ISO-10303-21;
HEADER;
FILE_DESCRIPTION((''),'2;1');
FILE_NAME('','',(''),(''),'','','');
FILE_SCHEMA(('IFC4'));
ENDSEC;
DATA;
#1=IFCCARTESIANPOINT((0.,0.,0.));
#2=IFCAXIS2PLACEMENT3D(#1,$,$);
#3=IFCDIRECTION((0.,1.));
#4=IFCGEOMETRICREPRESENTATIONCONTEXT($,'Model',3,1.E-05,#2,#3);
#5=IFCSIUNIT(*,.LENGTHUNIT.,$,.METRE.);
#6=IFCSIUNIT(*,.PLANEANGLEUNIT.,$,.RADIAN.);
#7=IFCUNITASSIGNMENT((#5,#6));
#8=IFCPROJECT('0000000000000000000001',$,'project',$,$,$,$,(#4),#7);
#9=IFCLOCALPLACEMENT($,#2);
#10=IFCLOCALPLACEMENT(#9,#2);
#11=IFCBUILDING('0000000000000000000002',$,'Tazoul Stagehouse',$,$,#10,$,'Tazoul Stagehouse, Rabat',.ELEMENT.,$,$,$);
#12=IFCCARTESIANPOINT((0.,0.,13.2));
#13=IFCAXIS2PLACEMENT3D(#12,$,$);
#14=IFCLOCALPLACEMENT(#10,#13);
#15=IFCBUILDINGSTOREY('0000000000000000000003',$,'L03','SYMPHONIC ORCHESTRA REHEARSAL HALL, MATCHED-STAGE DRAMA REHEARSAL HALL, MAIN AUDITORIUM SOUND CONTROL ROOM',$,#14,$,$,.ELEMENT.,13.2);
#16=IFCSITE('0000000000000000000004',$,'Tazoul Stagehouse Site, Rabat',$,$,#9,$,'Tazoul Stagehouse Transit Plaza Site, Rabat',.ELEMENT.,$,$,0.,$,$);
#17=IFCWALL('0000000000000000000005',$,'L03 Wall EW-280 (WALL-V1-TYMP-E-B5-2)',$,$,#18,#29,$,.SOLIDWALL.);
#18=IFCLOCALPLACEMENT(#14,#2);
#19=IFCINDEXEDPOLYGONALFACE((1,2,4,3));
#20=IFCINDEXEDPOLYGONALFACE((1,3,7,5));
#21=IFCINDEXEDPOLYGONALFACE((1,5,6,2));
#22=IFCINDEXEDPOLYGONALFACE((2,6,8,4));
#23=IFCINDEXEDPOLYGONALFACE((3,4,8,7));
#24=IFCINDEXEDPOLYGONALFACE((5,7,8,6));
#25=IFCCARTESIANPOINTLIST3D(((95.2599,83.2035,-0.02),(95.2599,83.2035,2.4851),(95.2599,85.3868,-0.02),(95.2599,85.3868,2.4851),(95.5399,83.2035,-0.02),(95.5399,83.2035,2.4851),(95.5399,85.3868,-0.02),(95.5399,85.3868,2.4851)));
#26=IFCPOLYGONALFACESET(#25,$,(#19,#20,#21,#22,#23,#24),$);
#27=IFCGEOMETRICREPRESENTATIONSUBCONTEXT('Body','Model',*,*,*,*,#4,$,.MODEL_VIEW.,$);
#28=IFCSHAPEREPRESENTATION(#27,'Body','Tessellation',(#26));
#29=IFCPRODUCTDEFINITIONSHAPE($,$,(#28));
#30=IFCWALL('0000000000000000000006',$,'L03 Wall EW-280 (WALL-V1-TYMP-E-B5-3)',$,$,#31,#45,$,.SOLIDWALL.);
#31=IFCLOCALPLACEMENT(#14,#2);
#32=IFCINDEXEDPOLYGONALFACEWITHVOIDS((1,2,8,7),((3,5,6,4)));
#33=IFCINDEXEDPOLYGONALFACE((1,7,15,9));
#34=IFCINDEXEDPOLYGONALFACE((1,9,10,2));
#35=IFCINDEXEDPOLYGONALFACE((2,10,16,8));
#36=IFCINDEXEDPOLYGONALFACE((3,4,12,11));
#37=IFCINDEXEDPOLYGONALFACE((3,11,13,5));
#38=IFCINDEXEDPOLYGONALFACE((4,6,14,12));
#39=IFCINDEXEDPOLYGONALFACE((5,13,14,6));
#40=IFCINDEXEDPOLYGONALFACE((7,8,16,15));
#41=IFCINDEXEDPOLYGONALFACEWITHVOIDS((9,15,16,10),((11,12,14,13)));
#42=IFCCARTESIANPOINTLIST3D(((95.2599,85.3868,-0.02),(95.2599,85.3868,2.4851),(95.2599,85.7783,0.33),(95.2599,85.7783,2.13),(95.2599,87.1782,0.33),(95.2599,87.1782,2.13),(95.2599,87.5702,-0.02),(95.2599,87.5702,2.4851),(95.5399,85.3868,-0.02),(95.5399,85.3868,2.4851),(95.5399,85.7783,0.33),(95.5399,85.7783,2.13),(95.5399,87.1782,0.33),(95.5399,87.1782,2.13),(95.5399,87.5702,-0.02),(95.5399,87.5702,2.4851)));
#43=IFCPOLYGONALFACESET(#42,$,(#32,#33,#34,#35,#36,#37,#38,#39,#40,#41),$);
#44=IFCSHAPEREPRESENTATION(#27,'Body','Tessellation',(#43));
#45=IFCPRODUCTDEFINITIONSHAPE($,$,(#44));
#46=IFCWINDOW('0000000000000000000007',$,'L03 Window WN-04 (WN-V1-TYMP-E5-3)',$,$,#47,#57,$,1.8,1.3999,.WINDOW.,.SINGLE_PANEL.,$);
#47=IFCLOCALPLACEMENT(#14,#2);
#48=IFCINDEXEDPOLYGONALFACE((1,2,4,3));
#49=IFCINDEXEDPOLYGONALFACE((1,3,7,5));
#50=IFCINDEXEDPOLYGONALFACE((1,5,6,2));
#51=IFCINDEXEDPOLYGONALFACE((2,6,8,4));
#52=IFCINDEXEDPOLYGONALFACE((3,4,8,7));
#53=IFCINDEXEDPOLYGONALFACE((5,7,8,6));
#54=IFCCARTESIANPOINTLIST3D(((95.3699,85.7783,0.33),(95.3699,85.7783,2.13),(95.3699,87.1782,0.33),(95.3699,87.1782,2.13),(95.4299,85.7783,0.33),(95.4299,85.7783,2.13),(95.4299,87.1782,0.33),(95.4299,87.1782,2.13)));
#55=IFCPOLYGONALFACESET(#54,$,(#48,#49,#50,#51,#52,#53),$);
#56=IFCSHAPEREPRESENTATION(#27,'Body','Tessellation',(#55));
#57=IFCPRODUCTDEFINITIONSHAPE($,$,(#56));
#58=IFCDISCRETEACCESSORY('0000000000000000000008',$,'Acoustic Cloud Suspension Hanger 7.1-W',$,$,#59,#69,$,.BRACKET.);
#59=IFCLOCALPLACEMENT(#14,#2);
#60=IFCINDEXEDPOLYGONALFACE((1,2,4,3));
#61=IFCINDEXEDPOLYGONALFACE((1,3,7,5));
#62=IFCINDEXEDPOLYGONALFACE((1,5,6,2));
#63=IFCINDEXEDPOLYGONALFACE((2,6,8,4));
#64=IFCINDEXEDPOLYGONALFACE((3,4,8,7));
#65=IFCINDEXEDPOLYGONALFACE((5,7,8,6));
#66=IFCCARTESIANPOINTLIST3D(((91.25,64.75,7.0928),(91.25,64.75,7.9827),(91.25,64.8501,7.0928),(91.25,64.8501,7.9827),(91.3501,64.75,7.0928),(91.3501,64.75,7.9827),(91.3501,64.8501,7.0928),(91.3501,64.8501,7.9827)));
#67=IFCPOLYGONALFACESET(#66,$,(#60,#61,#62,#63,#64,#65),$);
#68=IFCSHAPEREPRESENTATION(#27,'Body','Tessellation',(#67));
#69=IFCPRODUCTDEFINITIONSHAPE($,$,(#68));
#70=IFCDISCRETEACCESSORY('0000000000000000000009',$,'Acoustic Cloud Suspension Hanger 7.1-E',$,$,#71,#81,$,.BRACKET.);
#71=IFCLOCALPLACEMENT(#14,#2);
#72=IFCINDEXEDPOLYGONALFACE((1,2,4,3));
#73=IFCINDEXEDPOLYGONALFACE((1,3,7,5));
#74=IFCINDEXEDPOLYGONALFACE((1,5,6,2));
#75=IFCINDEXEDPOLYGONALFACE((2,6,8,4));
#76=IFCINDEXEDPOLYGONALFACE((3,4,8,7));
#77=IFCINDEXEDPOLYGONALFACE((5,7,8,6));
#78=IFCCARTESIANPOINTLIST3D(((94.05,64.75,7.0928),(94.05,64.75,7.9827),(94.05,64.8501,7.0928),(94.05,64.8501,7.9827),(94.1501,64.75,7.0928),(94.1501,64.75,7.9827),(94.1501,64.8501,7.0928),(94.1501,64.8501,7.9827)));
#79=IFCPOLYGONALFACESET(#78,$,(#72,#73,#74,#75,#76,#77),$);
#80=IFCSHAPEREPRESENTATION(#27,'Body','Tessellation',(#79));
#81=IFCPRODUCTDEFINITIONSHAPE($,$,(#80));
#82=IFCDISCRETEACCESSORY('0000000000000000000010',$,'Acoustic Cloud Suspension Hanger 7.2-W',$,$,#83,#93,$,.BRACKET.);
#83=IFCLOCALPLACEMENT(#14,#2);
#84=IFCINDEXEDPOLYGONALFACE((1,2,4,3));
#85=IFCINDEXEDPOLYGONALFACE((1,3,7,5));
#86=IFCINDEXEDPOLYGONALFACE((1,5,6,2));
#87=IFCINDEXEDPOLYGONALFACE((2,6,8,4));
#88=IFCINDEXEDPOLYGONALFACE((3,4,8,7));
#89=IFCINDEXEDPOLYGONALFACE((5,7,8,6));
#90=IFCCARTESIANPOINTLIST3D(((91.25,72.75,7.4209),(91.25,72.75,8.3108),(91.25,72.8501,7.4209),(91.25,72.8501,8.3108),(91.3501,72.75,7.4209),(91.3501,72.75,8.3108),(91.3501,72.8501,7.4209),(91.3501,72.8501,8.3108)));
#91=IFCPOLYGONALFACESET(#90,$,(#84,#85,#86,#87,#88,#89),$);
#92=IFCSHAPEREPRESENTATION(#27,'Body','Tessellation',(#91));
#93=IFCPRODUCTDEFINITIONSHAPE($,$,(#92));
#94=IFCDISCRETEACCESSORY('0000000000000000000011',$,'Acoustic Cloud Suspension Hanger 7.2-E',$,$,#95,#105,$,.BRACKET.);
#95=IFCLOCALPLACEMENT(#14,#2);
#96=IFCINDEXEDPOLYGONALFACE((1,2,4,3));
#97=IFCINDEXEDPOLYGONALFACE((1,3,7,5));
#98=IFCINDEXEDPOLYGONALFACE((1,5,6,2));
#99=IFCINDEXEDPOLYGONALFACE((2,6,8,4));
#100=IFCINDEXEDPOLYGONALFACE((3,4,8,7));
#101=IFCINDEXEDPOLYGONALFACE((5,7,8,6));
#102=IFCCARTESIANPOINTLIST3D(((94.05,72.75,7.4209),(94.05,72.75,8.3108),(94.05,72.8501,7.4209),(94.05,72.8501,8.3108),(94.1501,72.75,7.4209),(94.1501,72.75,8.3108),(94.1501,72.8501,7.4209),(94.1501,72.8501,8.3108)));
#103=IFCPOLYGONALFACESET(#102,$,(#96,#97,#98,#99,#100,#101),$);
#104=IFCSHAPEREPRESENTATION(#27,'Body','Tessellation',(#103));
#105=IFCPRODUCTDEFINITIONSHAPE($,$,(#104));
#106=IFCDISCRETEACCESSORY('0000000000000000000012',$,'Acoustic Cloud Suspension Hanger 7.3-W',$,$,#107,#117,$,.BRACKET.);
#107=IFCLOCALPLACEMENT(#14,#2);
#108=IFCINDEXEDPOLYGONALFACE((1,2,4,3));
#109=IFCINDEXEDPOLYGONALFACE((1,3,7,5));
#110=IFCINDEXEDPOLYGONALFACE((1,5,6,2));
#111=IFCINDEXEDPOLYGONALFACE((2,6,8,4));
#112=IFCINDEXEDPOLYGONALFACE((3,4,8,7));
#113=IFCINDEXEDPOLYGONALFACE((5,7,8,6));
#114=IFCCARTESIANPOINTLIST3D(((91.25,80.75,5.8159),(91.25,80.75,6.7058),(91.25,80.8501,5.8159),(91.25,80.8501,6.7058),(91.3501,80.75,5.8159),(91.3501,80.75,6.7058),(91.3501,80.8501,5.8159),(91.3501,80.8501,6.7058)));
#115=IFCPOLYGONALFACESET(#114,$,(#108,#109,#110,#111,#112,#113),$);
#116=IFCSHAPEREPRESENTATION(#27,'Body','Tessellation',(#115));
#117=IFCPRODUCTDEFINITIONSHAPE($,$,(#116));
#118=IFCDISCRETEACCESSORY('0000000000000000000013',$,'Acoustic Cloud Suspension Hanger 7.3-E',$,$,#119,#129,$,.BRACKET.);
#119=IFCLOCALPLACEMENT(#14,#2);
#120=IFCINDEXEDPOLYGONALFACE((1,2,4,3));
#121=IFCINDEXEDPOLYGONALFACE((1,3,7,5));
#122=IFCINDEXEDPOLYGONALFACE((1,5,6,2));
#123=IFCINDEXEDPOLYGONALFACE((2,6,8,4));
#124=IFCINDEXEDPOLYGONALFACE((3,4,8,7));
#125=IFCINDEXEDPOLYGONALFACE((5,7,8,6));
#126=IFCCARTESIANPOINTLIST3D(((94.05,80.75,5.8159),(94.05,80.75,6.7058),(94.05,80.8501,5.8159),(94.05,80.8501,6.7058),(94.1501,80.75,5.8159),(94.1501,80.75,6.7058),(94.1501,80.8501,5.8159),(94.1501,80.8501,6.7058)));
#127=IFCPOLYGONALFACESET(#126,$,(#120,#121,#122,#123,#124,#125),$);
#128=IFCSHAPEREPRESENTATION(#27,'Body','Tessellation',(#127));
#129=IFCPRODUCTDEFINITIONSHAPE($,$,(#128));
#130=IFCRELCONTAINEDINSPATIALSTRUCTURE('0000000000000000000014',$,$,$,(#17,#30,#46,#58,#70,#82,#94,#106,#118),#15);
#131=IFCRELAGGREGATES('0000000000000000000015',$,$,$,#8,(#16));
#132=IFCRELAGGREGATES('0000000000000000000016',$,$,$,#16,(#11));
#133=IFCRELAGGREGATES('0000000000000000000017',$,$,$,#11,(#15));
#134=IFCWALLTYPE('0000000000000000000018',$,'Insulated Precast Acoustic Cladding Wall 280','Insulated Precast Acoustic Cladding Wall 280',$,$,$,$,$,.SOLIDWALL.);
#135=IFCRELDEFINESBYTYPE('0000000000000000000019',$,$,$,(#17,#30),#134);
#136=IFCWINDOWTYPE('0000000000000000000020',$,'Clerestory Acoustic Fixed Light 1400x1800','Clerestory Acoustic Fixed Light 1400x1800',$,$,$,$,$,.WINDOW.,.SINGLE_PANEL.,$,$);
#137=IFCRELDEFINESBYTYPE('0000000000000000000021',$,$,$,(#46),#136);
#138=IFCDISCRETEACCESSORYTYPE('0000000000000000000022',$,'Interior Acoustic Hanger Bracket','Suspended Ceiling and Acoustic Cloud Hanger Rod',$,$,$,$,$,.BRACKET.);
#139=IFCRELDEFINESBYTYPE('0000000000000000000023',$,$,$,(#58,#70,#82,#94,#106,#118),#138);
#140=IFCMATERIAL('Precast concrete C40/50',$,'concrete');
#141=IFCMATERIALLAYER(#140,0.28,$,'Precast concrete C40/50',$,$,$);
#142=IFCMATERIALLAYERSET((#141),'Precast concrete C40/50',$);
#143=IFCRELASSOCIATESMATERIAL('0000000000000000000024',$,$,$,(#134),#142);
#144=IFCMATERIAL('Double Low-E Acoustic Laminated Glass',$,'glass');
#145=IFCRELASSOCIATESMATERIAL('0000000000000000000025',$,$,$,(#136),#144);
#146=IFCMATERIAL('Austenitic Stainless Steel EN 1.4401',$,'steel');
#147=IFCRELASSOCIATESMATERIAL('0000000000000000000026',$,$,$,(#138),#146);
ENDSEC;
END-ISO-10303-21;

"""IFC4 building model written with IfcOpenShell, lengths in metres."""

from ifc_helpers import new_model, si_unit, direction, frame, frame_2d, origin, origin_2d, place, context, subcontext, project, spatial, rectangle, extrude, material, layer, layer_set, type_object, element, fill, save


model = new_model("IFC4")

# Units and contexts
model_context = context("Model", 3, precision=1e-05, world=origin(), true_north=direction((0.0, 1.0)))
body_context = subcontext(model_context, "Body", "Model", "MODEL_VIEW")
ifc_project = project(units=[si_unit("LENGTHUNIT", "METRE"), si_unit("PLANEANGLEUNIT", "RADIAN")], contexts=[model_context])

# Site, building, storey
site_placement = place(None, origin())
site = spatial("IfcSite", under=ifc_project, at=site_placement, Name="Tazoul Stagehouse Site, Rabat", LongName="Tazoul Stagehouse Transit Plaza Site, Rabat", CompositionType="ELEMENT", RefElevation=0.0)
building_placement = place(site_placement, origin())
building = spatial("IfcBuilding", under=site, at=building_placement, Name="Tazoul Stagehouse", LongName="Tazoul Stagehouse, Rabat", CompositionType="ELEMENT")
storey_placement = place(building_placement, frame((0.0, 0.0, 13.2)))
storey = spatial("IfcBuildingStorey", under=building, at=storey_placement, Name="L03", Description="SYMPHONIC ORCHESTRA REHEARSAL HALL, MATCHED-STAGE DRAMA REHEARSAL HALL, MAIN AUDITORIUM SOUND CONTROL ROOM", CompositionType="ELEMENT", Elevation=13.2)

# Shared definitions
ifc_material_1 = material(Name="Precast concrete C40/50", Category="concrete")
ifc_layer_1 = layer(ifc_material_1, 0.28, Name="Precast concrete C40/50")
ifc_layer_set_1 = layer_set([ifc_layer_1], Name="Precast concrete C40/50")
wall_type = type_object("IfcWallType", Name="Insulated Precast Acoustic Cladding Wall 280", Description="Insulated Precast Acoustic Cladding Wall 280", PredefinedType="SOLIDWALL", material=ifc_layer_set_1)
ifc_material_2 = material(Name="Double Low-E Acoustic Laminated Glass", Category="glass")

# Wall
for number, where, z_axis, x_axis, name in (
    (1, (95.3999, 83.2034, -0.02), (0.0, 0.0, 1.0), (0.0, 1.0, 0.0), "L03 Wall EW-280 (WALL-V1-TYMP-E-B5-2)"),
):
    element("IfcWall", number, at=place(storey_placement, frame(where, z_axis=z_axis, x_axis=x_axis)), inside=storey, type_object=wall_type, Name=name, PredefinedType="SOLIDWALL", context=body_context, shape_type="SweptSolid", body=[
        extrude(rectangle(XDim=2.1833, YDim=0.28, at=frame_2d((1.0918, 0.0))), origin(), (0.0, 0.0, 1.0), 2.5051),
    ])

# Wall, opening, window
wall_1_placement = place(storey_placement, frame((95.3999, 85.3867, -0.02), z_axis=(0.0, 0.0, 1.0), x_axis=(0.0, 1.0, 0.0)))
wall_1 = element("IfcWall", 2, at=wall_1_placement, inside=storey, type_object=wall_type, Name="L03 Wall EW-280 (WALL-V1-TYMP-E-B5-3)", PredefinedType="SOLIDWALL", context=body_context, shape_type="SweptSolid", body=[
    extrude(rectangle(XDim=2.1833, YDim=0.28, at=frame_2d((1.0918, 0.0))), origin(), (0.0, 0.0, 1.0), 2.5051),
])
opening_1_placement = place(wall_1_placement, frame((0.3916, 0.0, 0.3501)))
opening_1 = element("IfcOpeningElement", 3, at=opening_1_placement, cuts=wall_1, PredefinedType="OPENING", context=body_context, shape_type="SweptSolid", body=[
    extrude(rectangle(XDim=1.3999, YDim=1.8, at=frame_2d((0.7, 0.8999))), frame((0.0, 0.1599, 0.0), z_axis=(0.0, -1.0, 0.0), x_axis=(1.0, 0.0, 0.0)), (0.0, 0.0, 1.0), 0.3201),
])
window_type_1 = type_object("IfcWindowType", Name="Clerestory Acoustic Fixed Light 1400x1800", Description="Clerestory Acoustic Fixed Light 1400x1800", PartitioningType="SINGLE_PANEL", PredefinedType="WINDOW", material=ifc_material_2)
window_1_placement = place(opening_1_placement, origin())
window_1 = element("IfcWindow", 4, at=window_1_placement, inside=storey, type_object=window_type_1, Name="L03 Window WN-04 (WN-V1-TYMP-E5-3)", OverallHeight=1.8, OverallWidth=1.3999, PartitioningType="SINGLE_PANEL", PredefinedType="WINDOW", context=body_context, shape_type="SweptSolid", body=[
    extrude(rectangle(XDim=1.3999, YDim=1.8, at=frame_2d((0.7, 0.8999))), frame((0.0, 0.03, 0.0), z_axis=(0.0, -1.0, 0.0), x_axis=(1.0, 0.0, 0.0)), (0.0, 0.0, 1.0), 0.0601),
])
fill(opening_1, window_1)

# Discrete accessories
ifc_material_3 = material(Name="Austenitic Stainless Steel EN 1.4401", Category="steel")
discrete_accessory_type = type_object("IfcDiscreteAccessoryType", Name="Interior Acoustic Hanger Bracket", Description="Suspended Ceiling and Acoustic Cloud Hanger Rod", PredefinedType="BRACKET", material=ifc_material_3)
for number, where, z_axis, x_axis, name in (
    (5, (91.3, 64.8, 7.0928), (0.0, 0.0, 1.0), (1.0, 0.0, 0.0), "Acoustic Cloud Suspension Hanger 7.1-W"),
    (6, (94.1001, 64.8, 7.0928), (0.0, 0.0, 1.0), (1.0, 0.0, 0.0), "Acoustic Cloud Suspension Hanger 7.1-E"),
    (7, (91.3, 72.8, 7.4209), (0.0, 0.0, 1.0), (1.0, 0.0, 0.0), "Acoustic Cloud Suspension Hanger 7.2-W"),
    (8, (94.1001, 72.8, 7.4209), (0.0, 0.0, 1.0), (1.0, 0.0, 0.0), "Acoustic Cloud Suspension Hanger 7.2-E"),
    (9, (91.3, 80.8, 5.8159), (0.0, 0.0, 1.0), (1.0, 0.0, 0.0), "Acoustic Cloud Suspension Hanger 7.3-W"),
    (10, (94.1001, 80.8, 5.8159), (0.0, 0.0, 1.0), (1.0, 0.0, 0.0), "Acoustic Cloud Suspension Hanger 7.3-E"),
):
    element("IfcDiscreteAccessory", number, at=place(storey_placement, frame(where, z_axis=z_axis, x_axis=x_axis)), inside=storey, type_object=discrete_accessory_type, Name=name, PredefinedType="BRACKET", context=body_context, shape_type="SweptSolid", body=[
        extrude(rectangle(XDim=0.1001, YDim=0.1001, at=origin_2d()), origin(), (0.0, 0.0, 1.0), 0.8899),
    ])

save(model, "model.ifc")
